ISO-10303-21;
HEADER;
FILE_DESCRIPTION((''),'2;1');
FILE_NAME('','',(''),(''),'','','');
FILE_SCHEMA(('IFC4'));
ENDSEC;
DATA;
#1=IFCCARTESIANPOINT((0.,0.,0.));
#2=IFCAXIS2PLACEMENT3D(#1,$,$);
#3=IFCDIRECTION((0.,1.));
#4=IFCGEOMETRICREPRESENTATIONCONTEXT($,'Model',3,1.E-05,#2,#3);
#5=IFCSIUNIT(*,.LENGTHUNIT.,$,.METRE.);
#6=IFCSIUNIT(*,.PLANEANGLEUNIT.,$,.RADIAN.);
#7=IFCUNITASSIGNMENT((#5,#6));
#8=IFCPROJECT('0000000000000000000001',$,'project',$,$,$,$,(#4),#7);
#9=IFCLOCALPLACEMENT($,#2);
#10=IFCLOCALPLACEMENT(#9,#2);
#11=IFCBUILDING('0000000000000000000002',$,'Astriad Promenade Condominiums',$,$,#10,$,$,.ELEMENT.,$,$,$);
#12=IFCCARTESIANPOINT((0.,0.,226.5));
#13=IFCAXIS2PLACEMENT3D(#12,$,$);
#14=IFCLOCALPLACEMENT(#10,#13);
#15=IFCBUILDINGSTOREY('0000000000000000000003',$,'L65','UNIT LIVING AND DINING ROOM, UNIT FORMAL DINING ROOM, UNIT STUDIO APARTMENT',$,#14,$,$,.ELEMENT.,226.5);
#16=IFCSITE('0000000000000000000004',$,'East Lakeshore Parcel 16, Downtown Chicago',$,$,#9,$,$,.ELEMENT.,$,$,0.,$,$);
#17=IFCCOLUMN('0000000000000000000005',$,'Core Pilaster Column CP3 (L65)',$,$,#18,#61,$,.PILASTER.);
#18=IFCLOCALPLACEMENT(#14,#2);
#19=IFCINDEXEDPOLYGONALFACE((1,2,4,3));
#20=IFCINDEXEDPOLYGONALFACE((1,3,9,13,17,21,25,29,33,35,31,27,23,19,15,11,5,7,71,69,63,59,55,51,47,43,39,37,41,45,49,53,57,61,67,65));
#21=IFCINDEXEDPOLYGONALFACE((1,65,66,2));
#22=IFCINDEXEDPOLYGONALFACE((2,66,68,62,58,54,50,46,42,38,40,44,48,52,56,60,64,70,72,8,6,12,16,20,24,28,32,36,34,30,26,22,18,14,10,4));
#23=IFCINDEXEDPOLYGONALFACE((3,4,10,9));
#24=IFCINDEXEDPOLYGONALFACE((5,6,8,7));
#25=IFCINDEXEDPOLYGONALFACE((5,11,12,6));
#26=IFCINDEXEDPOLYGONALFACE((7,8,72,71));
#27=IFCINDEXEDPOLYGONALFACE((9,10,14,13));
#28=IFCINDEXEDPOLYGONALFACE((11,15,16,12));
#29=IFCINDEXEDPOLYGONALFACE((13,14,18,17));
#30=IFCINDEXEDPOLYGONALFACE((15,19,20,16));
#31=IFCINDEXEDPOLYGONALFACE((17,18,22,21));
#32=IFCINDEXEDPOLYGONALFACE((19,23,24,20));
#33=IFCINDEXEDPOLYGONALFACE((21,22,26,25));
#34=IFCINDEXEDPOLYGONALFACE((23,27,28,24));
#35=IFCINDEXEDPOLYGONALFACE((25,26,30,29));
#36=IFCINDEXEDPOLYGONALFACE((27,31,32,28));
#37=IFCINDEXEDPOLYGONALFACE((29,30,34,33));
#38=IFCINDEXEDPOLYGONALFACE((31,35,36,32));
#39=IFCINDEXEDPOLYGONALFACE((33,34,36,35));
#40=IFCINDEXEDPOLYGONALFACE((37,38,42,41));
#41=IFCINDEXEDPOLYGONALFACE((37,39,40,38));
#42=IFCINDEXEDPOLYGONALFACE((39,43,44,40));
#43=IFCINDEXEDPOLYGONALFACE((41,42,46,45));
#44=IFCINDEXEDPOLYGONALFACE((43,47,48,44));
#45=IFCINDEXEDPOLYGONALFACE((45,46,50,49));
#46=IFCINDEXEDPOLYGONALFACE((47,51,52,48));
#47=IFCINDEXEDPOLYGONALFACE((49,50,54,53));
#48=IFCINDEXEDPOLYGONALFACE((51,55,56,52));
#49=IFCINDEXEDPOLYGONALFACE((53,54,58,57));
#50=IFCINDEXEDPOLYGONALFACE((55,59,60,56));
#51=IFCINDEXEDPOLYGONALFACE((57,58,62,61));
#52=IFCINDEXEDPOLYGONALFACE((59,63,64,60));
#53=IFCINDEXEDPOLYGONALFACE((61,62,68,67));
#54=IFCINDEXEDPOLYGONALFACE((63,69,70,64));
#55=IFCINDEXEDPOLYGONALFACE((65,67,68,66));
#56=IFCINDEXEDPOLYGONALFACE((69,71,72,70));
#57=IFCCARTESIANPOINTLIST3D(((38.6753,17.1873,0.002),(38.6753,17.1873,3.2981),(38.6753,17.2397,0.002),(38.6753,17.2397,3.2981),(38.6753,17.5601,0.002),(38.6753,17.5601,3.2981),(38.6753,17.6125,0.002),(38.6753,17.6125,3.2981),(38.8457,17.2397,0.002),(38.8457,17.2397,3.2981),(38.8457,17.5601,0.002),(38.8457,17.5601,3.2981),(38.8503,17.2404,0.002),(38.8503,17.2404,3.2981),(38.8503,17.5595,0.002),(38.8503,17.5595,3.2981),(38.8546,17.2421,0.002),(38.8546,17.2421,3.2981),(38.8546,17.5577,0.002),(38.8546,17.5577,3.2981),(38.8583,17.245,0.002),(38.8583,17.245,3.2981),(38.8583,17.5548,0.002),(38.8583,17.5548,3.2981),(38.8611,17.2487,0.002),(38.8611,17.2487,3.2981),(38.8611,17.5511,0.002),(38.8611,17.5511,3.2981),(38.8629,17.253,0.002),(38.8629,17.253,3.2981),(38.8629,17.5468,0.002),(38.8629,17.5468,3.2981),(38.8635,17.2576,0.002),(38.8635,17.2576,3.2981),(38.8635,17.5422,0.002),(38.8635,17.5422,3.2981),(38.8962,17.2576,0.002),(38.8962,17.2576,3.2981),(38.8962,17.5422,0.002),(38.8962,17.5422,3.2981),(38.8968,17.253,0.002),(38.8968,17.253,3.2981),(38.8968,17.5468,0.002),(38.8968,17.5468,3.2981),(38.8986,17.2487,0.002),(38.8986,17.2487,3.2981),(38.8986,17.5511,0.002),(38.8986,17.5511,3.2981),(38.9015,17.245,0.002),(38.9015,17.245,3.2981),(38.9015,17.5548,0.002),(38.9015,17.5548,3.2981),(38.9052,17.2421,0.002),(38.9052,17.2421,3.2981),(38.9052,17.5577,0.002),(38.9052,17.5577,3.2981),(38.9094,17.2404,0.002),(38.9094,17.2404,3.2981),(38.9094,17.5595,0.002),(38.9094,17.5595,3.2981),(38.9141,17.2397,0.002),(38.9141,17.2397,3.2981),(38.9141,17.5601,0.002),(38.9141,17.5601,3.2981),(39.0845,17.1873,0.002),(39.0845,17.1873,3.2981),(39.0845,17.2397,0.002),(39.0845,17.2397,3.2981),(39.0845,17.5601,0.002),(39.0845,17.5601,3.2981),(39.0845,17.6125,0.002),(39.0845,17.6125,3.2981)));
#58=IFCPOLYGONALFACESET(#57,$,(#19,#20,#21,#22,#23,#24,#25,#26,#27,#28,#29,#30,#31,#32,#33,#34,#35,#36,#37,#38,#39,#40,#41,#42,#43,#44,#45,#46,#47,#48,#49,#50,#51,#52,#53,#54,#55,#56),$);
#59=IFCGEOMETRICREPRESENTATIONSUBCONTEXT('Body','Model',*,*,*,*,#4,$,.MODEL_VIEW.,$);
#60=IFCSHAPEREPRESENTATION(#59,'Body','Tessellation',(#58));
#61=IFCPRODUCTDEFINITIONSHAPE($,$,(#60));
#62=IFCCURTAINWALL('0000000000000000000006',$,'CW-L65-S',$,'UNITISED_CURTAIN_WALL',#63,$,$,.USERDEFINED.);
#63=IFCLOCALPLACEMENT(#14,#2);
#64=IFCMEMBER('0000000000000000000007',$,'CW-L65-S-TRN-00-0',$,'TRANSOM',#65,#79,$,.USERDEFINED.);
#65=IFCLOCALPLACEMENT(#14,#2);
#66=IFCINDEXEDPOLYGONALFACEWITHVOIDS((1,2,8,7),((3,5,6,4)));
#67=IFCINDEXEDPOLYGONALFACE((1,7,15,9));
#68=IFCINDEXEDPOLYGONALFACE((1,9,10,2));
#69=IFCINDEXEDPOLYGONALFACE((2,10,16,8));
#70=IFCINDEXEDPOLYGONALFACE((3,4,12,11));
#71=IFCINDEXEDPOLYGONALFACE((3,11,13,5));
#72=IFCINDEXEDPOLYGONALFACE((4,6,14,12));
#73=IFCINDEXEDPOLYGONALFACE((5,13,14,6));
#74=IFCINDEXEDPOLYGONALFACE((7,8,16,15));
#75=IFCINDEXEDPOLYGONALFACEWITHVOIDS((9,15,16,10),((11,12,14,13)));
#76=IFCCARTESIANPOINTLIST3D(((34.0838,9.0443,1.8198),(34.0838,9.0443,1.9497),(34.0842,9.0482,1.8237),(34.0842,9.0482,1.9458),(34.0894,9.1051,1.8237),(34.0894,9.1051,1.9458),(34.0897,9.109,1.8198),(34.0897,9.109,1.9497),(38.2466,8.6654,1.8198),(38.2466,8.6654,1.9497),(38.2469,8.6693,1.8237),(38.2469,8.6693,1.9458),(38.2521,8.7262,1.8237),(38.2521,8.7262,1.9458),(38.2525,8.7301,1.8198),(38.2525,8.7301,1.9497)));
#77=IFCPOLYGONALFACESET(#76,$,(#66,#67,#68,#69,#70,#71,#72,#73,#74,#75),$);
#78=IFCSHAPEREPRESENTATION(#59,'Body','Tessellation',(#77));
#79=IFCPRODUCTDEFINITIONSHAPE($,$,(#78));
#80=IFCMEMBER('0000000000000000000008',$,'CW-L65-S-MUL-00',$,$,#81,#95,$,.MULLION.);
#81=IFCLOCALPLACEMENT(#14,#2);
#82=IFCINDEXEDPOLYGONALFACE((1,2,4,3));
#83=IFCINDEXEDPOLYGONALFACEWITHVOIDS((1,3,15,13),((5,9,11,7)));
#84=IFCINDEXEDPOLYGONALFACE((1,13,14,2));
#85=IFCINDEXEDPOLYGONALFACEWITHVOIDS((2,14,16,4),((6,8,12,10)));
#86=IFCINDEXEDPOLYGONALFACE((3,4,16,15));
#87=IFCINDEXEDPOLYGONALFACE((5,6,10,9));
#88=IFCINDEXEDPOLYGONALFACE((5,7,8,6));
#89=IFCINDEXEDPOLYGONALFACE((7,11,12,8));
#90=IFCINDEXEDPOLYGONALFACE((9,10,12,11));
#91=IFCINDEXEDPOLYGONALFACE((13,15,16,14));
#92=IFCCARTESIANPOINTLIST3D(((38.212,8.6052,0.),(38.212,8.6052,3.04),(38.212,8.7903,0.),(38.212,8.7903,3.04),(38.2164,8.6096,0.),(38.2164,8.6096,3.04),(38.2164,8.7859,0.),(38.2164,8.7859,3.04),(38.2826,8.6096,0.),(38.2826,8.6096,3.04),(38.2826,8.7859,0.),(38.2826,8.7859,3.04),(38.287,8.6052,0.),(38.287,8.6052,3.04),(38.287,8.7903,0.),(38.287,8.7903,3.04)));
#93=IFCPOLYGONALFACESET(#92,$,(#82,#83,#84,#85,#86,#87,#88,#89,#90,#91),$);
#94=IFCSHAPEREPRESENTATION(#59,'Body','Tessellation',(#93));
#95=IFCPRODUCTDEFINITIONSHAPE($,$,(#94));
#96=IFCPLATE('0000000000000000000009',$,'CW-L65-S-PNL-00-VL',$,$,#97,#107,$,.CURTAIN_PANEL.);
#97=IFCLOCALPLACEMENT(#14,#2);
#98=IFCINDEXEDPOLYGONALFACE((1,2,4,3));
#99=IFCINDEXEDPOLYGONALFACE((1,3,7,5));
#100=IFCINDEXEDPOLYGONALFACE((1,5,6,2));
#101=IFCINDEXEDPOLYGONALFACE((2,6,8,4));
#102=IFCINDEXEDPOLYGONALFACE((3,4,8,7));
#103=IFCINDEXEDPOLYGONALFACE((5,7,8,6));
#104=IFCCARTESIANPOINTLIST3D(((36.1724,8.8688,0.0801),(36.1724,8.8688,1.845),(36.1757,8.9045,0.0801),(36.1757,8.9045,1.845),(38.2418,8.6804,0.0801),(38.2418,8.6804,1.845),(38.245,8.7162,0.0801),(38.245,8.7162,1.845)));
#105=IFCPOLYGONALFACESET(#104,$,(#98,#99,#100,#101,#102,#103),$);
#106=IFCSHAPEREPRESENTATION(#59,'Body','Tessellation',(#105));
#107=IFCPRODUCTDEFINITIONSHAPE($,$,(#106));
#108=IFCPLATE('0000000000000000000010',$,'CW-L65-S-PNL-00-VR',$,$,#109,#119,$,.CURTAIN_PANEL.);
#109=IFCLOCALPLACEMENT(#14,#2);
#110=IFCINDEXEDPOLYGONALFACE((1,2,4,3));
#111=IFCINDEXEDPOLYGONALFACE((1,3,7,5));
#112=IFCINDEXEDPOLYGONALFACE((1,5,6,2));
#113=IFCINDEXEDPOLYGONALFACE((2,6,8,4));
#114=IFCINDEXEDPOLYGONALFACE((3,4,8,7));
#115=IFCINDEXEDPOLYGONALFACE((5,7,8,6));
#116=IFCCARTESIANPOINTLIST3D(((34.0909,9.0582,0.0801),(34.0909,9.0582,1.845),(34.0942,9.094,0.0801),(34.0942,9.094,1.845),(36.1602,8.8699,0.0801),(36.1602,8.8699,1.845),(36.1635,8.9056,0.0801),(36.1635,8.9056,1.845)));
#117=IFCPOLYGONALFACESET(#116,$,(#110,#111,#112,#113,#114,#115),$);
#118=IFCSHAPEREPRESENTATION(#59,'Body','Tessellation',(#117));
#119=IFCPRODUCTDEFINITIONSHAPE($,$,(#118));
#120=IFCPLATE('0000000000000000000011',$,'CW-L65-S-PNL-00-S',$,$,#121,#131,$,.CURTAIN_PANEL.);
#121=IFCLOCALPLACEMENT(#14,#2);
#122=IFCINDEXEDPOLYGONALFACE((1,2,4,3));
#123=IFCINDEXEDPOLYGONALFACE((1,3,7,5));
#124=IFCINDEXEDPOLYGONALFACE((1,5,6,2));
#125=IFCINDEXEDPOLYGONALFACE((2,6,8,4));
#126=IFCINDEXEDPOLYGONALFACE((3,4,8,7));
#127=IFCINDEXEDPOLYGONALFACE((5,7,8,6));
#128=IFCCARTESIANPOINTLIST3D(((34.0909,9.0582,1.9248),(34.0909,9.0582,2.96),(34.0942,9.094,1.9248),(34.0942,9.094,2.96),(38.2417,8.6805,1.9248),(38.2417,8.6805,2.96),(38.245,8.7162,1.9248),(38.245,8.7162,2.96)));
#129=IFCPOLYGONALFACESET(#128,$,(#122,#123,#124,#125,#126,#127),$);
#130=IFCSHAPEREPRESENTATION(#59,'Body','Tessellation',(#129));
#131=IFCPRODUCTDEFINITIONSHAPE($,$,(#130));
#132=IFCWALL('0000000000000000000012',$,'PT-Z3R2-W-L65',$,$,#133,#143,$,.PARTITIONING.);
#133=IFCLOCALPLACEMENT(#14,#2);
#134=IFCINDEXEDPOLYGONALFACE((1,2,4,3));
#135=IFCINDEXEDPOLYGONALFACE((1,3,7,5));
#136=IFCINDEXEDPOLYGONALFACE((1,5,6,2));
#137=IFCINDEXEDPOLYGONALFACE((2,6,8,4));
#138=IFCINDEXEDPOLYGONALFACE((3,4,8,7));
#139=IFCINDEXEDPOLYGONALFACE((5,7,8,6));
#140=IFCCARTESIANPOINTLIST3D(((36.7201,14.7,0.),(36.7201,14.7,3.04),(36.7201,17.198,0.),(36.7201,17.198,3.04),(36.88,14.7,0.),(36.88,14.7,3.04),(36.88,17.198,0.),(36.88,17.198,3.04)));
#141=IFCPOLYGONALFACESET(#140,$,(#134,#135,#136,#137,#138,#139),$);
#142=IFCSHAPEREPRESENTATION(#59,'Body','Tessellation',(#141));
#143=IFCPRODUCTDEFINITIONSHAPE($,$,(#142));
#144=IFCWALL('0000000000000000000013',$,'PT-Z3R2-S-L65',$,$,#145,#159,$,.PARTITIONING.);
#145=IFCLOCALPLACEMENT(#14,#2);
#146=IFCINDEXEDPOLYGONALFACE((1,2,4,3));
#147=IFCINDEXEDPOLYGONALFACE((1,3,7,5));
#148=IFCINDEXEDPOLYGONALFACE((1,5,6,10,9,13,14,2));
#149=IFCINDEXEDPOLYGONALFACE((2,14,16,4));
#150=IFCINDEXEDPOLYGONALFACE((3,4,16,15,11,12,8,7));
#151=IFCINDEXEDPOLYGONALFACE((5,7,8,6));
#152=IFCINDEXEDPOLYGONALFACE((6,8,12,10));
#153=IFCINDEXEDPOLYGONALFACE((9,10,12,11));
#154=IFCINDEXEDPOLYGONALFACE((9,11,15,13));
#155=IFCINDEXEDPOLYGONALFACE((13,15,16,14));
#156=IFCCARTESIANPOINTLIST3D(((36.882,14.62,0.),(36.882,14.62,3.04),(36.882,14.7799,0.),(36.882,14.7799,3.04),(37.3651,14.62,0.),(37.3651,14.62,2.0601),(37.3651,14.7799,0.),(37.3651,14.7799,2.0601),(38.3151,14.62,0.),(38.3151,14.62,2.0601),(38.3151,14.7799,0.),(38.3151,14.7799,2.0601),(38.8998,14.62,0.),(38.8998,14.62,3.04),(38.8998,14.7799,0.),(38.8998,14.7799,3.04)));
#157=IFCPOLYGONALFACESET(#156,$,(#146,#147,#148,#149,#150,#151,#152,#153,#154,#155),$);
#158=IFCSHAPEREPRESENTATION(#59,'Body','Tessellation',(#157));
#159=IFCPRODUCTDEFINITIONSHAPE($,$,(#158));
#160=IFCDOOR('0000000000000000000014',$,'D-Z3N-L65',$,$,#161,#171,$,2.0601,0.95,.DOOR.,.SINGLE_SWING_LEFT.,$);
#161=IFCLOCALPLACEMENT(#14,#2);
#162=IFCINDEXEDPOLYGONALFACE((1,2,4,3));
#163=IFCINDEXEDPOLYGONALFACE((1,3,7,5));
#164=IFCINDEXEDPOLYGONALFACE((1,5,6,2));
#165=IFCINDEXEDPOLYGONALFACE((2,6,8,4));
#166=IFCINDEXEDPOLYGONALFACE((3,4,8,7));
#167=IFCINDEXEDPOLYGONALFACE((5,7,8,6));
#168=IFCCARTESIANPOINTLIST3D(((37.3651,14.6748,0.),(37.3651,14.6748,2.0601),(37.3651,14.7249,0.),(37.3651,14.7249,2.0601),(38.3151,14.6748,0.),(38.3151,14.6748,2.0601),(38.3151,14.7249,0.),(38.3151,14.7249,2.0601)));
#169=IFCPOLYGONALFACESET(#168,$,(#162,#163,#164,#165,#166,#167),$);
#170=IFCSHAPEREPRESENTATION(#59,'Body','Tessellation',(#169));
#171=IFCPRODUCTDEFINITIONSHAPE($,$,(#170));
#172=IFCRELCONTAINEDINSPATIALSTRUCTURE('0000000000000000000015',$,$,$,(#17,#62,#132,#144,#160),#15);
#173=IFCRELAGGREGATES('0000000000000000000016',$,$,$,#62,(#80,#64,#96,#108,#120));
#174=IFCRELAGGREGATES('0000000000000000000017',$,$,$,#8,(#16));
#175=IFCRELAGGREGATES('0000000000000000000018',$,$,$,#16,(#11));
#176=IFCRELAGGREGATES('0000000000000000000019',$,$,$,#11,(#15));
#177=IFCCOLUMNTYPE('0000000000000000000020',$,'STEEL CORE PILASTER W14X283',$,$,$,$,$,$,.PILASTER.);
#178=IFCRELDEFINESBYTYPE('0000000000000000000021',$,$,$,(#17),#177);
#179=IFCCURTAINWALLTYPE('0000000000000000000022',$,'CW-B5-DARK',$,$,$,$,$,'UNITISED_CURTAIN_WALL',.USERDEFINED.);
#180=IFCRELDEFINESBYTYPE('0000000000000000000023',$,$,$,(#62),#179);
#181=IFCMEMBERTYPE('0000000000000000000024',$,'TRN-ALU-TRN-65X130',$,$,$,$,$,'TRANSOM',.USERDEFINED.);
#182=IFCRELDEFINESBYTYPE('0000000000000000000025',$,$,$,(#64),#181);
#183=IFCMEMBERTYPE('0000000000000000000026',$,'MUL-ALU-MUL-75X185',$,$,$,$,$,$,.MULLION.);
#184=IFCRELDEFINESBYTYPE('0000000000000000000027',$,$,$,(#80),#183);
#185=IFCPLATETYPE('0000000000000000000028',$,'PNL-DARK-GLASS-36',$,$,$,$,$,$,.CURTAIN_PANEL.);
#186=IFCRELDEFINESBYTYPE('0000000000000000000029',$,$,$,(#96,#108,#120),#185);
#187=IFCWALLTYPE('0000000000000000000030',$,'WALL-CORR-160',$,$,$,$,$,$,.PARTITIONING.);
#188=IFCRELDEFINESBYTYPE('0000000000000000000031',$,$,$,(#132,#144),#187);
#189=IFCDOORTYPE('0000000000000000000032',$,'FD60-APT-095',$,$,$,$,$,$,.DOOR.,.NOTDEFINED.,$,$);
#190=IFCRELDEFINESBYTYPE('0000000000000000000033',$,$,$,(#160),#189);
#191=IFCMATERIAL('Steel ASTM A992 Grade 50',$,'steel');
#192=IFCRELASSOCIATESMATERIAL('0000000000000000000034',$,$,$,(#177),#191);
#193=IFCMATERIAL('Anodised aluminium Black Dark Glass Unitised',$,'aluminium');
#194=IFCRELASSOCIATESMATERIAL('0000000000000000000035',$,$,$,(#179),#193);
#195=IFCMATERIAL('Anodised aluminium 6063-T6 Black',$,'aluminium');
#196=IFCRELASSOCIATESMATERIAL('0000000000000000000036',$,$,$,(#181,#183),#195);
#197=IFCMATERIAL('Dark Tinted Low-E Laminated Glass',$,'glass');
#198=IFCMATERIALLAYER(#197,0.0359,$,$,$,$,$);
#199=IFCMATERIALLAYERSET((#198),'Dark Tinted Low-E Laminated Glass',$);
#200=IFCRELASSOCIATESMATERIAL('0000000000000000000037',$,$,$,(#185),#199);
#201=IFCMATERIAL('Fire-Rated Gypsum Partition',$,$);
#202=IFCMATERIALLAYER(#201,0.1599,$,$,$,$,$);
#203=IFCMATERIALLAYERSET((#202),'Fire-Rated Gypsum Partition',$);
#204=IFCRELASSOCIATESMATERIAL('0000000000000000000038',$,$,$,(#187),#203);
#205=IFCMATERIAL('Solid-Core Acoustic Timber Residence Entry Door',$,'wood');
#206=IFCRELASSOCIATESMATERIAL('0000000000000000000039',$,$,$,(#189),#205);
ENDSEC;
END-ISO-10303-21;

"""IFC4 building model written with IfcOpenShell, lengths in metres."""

from ifc_helpers import new_model, si_unit, direction, frame, frame_2d, origin, origin_2d, place, context, subcontext, project, spatial, rectangle, hollow_rectangle, i_section, extrude, source, transform, mapped, material, layer, layer_set, material_profile, profile_set, type_object, type_shapes, element, fill, aggregate, save


model = new_model("IFC4")

# Units and contexts
model_context = context("Model", 3, precision=1e-05, world=origin(), true_north=direction((0.0, 1.0)))
body_context = subcontext(model_context, "Body", "Model", "MODEL_VIEW")
ifc_project = project(units=[si_unit("LENGTHUNIT", "METRE"), si_unit("PLANEANGLEUNIT", "RADIAN")], contexts=[model_context])

# Site, building, storey
site_placement = place(None, origin())
site = spatial("IfcSite", under=ifc_project, at=site_placement, Name="East Lakeshore Parcel 16, Downtown Chicago", CompositionType="ELEMENT", RefElevation=0.0)
building_placement = place(site_placement, origin())
building = spatial("IfcBuilding", under=site, at=building_placement, Name="Astriad Promenade Condominiums", CompositionType="ELEMENT")
storey_placement = place(building_placement, frame((0.0, 0.0, 226.5)))
storey = spatial("IfcBuildingStorey", under=building, at=storey_placement, Name="L65", Description="UNIT LIVING AND DINING ROOM, UNIT FORMAL DINING ROOM, UNIT STUDIO APARTMENT", CompositionType="ELEMENT", Elevation=226.5)

# Column
ifc_material_1 = material(Name="Steel ASTM A992 Grade 50", Category="steel")
ifc_material_profile_1 = material_profile(ifc_material_1, i_section(OverallWidth=0.4092, OverallDepth=0.4253, WebThickness=0.0327, FlangeThickness=0.0525, FilletRadius=0.0178, at=origin_2d()), Name="W14X283")
ifc_profile_set_1 = profile_set([ifc_material_profile_1], Name="Steel ASTM A992 Grade 50")
column_type = type_object("IfcColumnType", Name="STEEL CORE PILASTER W14X283", PredefinedType="PILASTER", material=ifc_profile_set_1)
shared_shape_1 = source(origin(), body_context, "Body", "SweptSolid", [
    extrude(i_section(OverallWidth=0.4092, OverallDepth=0.4253, WebThickness=0.0327, FlangeThickness=0.0525, FilletRadius=0.0178, at=origin_2d()), origin(), (0.0, 0.0, 1.0), 3.2961),
])
type_shapes(column_type, [shared_shape_1])
column_placement = place(storey_placement, frame((38.8799, 17.3999, 0.002), z_axis=(0.0, 0.0, 1.0), x_axis=(1.0, 0.0, 0.0)))
element("IfcColumn", 1, at=column_placement, inside=storey, type_object=column_type, Name="Core Pilaster Column CP3 (L65)", PredefinedType="PILASTER", context=body_context, shape_type="MappedRepresentation", body=[
    mapped(shared_shape_1, transform((0.0, 0.0, 0.0), scale=1.0)),
])

# Curtain wall, members, plates
ifc_material_2 = material(Name="Anodised aluminium Black Dark Glass Unitised", Category="aluminium")
curtain_wall_type = type_object("IfcCurtainWallType", Name="CW-B5-DARK", ElementType="UNITISED_CURTAIN_WALL", PredefinedType="USERDEFINED", material=ifc_material_2)
curtain_wall_placement = place(storey_placement, origin())
curtain_wall = element("IfcCurtainWall", 2, at=curtain_wall_placement, inside=storey, type_object=curtain_wall_type, Name="CW-L65-S", ObjectType="UNITISED_CURTAIN_WALL", PredefinedType="USERDEFINED")
ifc_material_3 = material(Name="Anodised aluminium 6063-T6 Black", Category="aluminium")
ifc_material_profile_2 = material_profile(ifc_material_3, hollow_rectangle(XDim=0.0649, YDim=0.1299, WallThickness=0.0039, at=origin_2d()), Name="ALU-TRN-65X130")
ifc_profile_set_2 = profile_set([ifc_material_profile_2], Name="Anodised aluminium 6063-T6 Black")
member_type_1 = type_object("IfcMemberType", Name="TRN-ALU-TRN-65X130", ElementType="TRANSOM", PredefinedType="USERDEFINED", material=ifc_profile_set_2)
shared_shape_2 = source(origin(), body_context, "Body", "SweptSolid", [
    extrude(hollow_rectangle(XDim=0.0649, YDim=0.1299, WallThickness=0.0039, at=origin_2d()), origin(), (0.0, 0.0, 1.0), 4.1799),
])
type_shapes(member_type_1, [shared_shape_2])
member_1_placement = place(storey_placement, frame((38.2495, 8.6978, 1.8848), z_axis=(-0.995883, 0.090646, 0.0), x_axis=(-0.090646, -0.995883, 0.0)))
member_1 = element("IfcMember", 3, at=member_1_placement, type_object=member_type_1, Name="CW-L65-S-TRN-00-0", ObjectType="TRANSOM", PredefinedType="USERDEFINED", context=body_context, shape_type="MappedRepresentation", body=[
    mapped(shared_shape_2, transform((0.0, 0.0, 0.0), scale=1.0)),
])
ifc_material_profile_3 = material_profile(ifc_material_3, hollow_rectangle(XDim=0.075, YDim=0.1851, WallThickness=0.0044, at=origin_2d()), Name="ALU-MUL-75X185")
ifc_profile_set_3 = profile_set([ifc_material_profile_3], Name="Anodised aluminium 6063-T6 Black")
member_type_2 = type_object("IfcMemberType", Name="MUL-ALU-MUL-75X185", PredefinedType="MULLION", material=ifc_profile_set_3)
shared_shape_3 = source(origin(), body_context, "Body", "SweptSolid", [
    extrude(hollow_rectangle(XDim=0.075, YDim=0.1851, WallThickness=0.0044, at=origin_2d()), origin(), (0.0, 0.0, 1.0), 3.04),
])
type_shapes(member_type_2, [shared_shape_3])
member_2_placement = place(storey_placement, frame((38.2495, 8.6978, 0.0), z_axis=(0.0, 0.0, 1.0), x_axis=(1.0, 0.0, 0.0)))
member_2 = element("IfcMember", 4, at=member_2_placement, type_object=member_type_2, Name="CW-L65-S-MUL-00", PredefinedType="MULLION", context=body_context, shape_type="MappedRepresentation", body=[
    mapped(shared_shape_3, transform((0.0, 0.0, 0.0), scale=1.0)),
])
ifc_material_4 = material(Name="Dark Tinted Low-E Laminated Glass", Category="glass")
ifc_layer_1 = layer(ifc_material_4, 0.0359)
ifc_layer_set_1 = layer_set([ifc_layer_1], Name="Dark Tinted Low-E Laminated Glass")
plate_type = type_object("IfcPlateType", Name="PNL-DARK-GLASS-36", PredefinedType="CURTAIN_PANEL", material=ifc_layer_set_1)
shared_shape_4 = source(origin(), body_context, "Body", "SweptSolid", [
    extrude(rectangle(XDim=2.0779, YDim=0.0359, at=origin_2d()), origin(), (0.0, 0.0, 1.0), 1.7649),
])
plate_1_placement = place(storey_placement, frame((37.2087, 8.7925, 0.0801), z_axis=(0.0, 0.0, 1.0), x_axis=(-0.995884, 0.090633, 0.0)))
plate_1 = element("IfcPlate", 5, at=plate_1_placement, type_object=plate_type, Name="CW-L65-S-PNL-00-VL", PredefinedType="CURTAIN_PANEL", context=body_context, shape_type="MappedRepresentation", body=[
    mapped(shared_shape_4, transform((0.0, 0.0, 0.0), scale=1.0)),
])
plate_2_placement = place(storey_placement, frame((35.1272, 8.9819, 0.0801), z_axis=(0.0, 0.0, 1.0), x_axis=(-0.995884, 0.090633, 0.0)))
plate_2 = element("IfcPlate", 6, at=plate_2_placement, type_object=plate_type, Name="CW-L65-S-PNL-00-VR", PredefinedType="CURTAIN_PANEL", context=body_context, shape_type="MappedRepresentation", body=[
    mapped(shared_shape_4, transform((0.0, 0.0, 0.0), scale=1.0)),
])
shared_shape_5 = source(origin(), body_context, "Body", "SweptSolid", [
    extrude(rectangle(XDim=4.168, YDim=0.0359, at=origin_2d()), origin(), (0.0, 0.0, 1.0), 1.0352),
])
type_shapes(plate_type, [shared_shape_4, shared_shape_5])
plate_3_placement = place(storey_placement, frame((36.168, 8.8872, 1.9248), z_axis=(0.0, 0.0, 1.0), x_axis=(-0.995884, 0.090633, 0.0)))
plate_3 = element("IfcPlate", 7, at=plate_3_placement, type_object=plate_type, Name="CW-L65-S-PNL-00-S", PredefinedType="CURTAIN_PANEL", context=body_context, shape_type="MappedRepresentation", body=[
    mapped(shared_shape_5, transform((0.0, 0.0, 0.0), scale=1.0)),
])
aggregate(curtain_wall, [member_2, member_1, plate_1, plate_2, plate_3])

# Wall
ifc_material_5 = material(Name="Fire-Rated Gypsum Partition")
ifc_layer_2 = layer(ifc_material_5, 0.1599)
ifc_layer_set_2 = layer_set([ifc_layer_2], Name="Fire-Rated Gypsum Partition")
wall_type_1 = type_object("IfcWallType", Name="WALL-CORR-160", PredefinedType="PARTITIONING", material=ifc_layer_set_2)
wall_1_placement = place(storey_placement, frame((36.8, 14.7, 0.0), z_axis=(0.0, 0.0, 1.0), x_axis=(0.0, 1.0, 0.0)))
element("IfcWall", 8, at=wall_1_placement, inside=storey, type_object=wall_type_1, Name="PT-Z3R2-W-L65", PredefinedType="PARTITIONING", context=body_context, shape_type="SweptSolid", body=[
    extrude(rectangle(XDim=2.498, YDim=0.1599, at=frame_2d((1.249, 0.0))), origin(), (0.0, 0.0, 1.0), 3.04),
])

# Wall, opening, door
wall_2_placement = place(storey_placement, frame((36.8821, 14.7, 0.0), z_axis=(0.0, 0.0, 1.0), x_axis=(1.0, 0.0, 0.0)))
wall_2 = element("IfcWall", 9, at=wall_2_placement, inside=storey, type_object=wall_type_1, Name="PT-Z3R2-S-L65", PredefinedType="PARTITIONING", context=body_context, shape_type="SweptSolid", body=[
    extrude(rectangle(XDim=2.0178, YDim=0.1599, at=frame_2d((1.0088, 0.0))), origin(), (0.0, 0.0, 1.0), 3.04),
])
opening_1_placement = place(wall_2_placement, frame((0.4829, 0.0, 0.0)))
opening_1 = element("IfcOpeningElement", 10, at=opening_1_placement, cuts=wall_2, PredefinedType="OPENING", context=body_context, shape_type="SweptSolid", body=[
    extrude(rectangle(XDim=0.95, YDim=2.0601, at=frame_2d((0.4751, 1.03))), frame((0.0, 0.0898, 0.0), z_axis=(0.0, -1.0, 0.0), x_axis=(1.0, 0.0, 0.0)), (0.0, 0.0, 1.0), 0.1799),
])
ifc_material_6 = material(Name="Solid-Core Acoustic Timber Residence Entry Door", Category="wood")
door_type_1 = type_object("IfcDoorType", Name="FD60-APT-095", OperationType="NOTDEFINED", PredefinedType="DOOR", material=ifc_material_6)
shared_shape_6 = source(origin(), body_context, "Body", "SweptSolid", [
    extrude(rectangle(XDim=0.95, YDim=2.0601, at=frame_2d((0.4751, 1.03))), frame((0.0, 0.0249, 0.0), z_axis=(0.0, -1.0, 0.0), x_axis=(1.0, 0.0, 0.0)), (0.0, 0.0, 1.0), 0.05),
])
type_shapes(door_type_1, [shared_shape_6])
door_1_placement = place(opening_1_placement, origin())
door_1 = element("IfcDoor", 11, at=door_1_placement, inside=storey, type_object=door_type_1, Name="D-Z3N-L65", OperationType="SINGLE_SWING_LEFT", OverallHeight=2.0601, OverallWidth=0.95, PredefinedType="DOOR", context=body_context, shape_type="MappedRepresentation", body=[
    mapped(shared_shape_6, transform((0.0, 0.0, 0.0), scale=1.0)),
])
fill(opening_1, door_1)

save(model, "model.ifc")
